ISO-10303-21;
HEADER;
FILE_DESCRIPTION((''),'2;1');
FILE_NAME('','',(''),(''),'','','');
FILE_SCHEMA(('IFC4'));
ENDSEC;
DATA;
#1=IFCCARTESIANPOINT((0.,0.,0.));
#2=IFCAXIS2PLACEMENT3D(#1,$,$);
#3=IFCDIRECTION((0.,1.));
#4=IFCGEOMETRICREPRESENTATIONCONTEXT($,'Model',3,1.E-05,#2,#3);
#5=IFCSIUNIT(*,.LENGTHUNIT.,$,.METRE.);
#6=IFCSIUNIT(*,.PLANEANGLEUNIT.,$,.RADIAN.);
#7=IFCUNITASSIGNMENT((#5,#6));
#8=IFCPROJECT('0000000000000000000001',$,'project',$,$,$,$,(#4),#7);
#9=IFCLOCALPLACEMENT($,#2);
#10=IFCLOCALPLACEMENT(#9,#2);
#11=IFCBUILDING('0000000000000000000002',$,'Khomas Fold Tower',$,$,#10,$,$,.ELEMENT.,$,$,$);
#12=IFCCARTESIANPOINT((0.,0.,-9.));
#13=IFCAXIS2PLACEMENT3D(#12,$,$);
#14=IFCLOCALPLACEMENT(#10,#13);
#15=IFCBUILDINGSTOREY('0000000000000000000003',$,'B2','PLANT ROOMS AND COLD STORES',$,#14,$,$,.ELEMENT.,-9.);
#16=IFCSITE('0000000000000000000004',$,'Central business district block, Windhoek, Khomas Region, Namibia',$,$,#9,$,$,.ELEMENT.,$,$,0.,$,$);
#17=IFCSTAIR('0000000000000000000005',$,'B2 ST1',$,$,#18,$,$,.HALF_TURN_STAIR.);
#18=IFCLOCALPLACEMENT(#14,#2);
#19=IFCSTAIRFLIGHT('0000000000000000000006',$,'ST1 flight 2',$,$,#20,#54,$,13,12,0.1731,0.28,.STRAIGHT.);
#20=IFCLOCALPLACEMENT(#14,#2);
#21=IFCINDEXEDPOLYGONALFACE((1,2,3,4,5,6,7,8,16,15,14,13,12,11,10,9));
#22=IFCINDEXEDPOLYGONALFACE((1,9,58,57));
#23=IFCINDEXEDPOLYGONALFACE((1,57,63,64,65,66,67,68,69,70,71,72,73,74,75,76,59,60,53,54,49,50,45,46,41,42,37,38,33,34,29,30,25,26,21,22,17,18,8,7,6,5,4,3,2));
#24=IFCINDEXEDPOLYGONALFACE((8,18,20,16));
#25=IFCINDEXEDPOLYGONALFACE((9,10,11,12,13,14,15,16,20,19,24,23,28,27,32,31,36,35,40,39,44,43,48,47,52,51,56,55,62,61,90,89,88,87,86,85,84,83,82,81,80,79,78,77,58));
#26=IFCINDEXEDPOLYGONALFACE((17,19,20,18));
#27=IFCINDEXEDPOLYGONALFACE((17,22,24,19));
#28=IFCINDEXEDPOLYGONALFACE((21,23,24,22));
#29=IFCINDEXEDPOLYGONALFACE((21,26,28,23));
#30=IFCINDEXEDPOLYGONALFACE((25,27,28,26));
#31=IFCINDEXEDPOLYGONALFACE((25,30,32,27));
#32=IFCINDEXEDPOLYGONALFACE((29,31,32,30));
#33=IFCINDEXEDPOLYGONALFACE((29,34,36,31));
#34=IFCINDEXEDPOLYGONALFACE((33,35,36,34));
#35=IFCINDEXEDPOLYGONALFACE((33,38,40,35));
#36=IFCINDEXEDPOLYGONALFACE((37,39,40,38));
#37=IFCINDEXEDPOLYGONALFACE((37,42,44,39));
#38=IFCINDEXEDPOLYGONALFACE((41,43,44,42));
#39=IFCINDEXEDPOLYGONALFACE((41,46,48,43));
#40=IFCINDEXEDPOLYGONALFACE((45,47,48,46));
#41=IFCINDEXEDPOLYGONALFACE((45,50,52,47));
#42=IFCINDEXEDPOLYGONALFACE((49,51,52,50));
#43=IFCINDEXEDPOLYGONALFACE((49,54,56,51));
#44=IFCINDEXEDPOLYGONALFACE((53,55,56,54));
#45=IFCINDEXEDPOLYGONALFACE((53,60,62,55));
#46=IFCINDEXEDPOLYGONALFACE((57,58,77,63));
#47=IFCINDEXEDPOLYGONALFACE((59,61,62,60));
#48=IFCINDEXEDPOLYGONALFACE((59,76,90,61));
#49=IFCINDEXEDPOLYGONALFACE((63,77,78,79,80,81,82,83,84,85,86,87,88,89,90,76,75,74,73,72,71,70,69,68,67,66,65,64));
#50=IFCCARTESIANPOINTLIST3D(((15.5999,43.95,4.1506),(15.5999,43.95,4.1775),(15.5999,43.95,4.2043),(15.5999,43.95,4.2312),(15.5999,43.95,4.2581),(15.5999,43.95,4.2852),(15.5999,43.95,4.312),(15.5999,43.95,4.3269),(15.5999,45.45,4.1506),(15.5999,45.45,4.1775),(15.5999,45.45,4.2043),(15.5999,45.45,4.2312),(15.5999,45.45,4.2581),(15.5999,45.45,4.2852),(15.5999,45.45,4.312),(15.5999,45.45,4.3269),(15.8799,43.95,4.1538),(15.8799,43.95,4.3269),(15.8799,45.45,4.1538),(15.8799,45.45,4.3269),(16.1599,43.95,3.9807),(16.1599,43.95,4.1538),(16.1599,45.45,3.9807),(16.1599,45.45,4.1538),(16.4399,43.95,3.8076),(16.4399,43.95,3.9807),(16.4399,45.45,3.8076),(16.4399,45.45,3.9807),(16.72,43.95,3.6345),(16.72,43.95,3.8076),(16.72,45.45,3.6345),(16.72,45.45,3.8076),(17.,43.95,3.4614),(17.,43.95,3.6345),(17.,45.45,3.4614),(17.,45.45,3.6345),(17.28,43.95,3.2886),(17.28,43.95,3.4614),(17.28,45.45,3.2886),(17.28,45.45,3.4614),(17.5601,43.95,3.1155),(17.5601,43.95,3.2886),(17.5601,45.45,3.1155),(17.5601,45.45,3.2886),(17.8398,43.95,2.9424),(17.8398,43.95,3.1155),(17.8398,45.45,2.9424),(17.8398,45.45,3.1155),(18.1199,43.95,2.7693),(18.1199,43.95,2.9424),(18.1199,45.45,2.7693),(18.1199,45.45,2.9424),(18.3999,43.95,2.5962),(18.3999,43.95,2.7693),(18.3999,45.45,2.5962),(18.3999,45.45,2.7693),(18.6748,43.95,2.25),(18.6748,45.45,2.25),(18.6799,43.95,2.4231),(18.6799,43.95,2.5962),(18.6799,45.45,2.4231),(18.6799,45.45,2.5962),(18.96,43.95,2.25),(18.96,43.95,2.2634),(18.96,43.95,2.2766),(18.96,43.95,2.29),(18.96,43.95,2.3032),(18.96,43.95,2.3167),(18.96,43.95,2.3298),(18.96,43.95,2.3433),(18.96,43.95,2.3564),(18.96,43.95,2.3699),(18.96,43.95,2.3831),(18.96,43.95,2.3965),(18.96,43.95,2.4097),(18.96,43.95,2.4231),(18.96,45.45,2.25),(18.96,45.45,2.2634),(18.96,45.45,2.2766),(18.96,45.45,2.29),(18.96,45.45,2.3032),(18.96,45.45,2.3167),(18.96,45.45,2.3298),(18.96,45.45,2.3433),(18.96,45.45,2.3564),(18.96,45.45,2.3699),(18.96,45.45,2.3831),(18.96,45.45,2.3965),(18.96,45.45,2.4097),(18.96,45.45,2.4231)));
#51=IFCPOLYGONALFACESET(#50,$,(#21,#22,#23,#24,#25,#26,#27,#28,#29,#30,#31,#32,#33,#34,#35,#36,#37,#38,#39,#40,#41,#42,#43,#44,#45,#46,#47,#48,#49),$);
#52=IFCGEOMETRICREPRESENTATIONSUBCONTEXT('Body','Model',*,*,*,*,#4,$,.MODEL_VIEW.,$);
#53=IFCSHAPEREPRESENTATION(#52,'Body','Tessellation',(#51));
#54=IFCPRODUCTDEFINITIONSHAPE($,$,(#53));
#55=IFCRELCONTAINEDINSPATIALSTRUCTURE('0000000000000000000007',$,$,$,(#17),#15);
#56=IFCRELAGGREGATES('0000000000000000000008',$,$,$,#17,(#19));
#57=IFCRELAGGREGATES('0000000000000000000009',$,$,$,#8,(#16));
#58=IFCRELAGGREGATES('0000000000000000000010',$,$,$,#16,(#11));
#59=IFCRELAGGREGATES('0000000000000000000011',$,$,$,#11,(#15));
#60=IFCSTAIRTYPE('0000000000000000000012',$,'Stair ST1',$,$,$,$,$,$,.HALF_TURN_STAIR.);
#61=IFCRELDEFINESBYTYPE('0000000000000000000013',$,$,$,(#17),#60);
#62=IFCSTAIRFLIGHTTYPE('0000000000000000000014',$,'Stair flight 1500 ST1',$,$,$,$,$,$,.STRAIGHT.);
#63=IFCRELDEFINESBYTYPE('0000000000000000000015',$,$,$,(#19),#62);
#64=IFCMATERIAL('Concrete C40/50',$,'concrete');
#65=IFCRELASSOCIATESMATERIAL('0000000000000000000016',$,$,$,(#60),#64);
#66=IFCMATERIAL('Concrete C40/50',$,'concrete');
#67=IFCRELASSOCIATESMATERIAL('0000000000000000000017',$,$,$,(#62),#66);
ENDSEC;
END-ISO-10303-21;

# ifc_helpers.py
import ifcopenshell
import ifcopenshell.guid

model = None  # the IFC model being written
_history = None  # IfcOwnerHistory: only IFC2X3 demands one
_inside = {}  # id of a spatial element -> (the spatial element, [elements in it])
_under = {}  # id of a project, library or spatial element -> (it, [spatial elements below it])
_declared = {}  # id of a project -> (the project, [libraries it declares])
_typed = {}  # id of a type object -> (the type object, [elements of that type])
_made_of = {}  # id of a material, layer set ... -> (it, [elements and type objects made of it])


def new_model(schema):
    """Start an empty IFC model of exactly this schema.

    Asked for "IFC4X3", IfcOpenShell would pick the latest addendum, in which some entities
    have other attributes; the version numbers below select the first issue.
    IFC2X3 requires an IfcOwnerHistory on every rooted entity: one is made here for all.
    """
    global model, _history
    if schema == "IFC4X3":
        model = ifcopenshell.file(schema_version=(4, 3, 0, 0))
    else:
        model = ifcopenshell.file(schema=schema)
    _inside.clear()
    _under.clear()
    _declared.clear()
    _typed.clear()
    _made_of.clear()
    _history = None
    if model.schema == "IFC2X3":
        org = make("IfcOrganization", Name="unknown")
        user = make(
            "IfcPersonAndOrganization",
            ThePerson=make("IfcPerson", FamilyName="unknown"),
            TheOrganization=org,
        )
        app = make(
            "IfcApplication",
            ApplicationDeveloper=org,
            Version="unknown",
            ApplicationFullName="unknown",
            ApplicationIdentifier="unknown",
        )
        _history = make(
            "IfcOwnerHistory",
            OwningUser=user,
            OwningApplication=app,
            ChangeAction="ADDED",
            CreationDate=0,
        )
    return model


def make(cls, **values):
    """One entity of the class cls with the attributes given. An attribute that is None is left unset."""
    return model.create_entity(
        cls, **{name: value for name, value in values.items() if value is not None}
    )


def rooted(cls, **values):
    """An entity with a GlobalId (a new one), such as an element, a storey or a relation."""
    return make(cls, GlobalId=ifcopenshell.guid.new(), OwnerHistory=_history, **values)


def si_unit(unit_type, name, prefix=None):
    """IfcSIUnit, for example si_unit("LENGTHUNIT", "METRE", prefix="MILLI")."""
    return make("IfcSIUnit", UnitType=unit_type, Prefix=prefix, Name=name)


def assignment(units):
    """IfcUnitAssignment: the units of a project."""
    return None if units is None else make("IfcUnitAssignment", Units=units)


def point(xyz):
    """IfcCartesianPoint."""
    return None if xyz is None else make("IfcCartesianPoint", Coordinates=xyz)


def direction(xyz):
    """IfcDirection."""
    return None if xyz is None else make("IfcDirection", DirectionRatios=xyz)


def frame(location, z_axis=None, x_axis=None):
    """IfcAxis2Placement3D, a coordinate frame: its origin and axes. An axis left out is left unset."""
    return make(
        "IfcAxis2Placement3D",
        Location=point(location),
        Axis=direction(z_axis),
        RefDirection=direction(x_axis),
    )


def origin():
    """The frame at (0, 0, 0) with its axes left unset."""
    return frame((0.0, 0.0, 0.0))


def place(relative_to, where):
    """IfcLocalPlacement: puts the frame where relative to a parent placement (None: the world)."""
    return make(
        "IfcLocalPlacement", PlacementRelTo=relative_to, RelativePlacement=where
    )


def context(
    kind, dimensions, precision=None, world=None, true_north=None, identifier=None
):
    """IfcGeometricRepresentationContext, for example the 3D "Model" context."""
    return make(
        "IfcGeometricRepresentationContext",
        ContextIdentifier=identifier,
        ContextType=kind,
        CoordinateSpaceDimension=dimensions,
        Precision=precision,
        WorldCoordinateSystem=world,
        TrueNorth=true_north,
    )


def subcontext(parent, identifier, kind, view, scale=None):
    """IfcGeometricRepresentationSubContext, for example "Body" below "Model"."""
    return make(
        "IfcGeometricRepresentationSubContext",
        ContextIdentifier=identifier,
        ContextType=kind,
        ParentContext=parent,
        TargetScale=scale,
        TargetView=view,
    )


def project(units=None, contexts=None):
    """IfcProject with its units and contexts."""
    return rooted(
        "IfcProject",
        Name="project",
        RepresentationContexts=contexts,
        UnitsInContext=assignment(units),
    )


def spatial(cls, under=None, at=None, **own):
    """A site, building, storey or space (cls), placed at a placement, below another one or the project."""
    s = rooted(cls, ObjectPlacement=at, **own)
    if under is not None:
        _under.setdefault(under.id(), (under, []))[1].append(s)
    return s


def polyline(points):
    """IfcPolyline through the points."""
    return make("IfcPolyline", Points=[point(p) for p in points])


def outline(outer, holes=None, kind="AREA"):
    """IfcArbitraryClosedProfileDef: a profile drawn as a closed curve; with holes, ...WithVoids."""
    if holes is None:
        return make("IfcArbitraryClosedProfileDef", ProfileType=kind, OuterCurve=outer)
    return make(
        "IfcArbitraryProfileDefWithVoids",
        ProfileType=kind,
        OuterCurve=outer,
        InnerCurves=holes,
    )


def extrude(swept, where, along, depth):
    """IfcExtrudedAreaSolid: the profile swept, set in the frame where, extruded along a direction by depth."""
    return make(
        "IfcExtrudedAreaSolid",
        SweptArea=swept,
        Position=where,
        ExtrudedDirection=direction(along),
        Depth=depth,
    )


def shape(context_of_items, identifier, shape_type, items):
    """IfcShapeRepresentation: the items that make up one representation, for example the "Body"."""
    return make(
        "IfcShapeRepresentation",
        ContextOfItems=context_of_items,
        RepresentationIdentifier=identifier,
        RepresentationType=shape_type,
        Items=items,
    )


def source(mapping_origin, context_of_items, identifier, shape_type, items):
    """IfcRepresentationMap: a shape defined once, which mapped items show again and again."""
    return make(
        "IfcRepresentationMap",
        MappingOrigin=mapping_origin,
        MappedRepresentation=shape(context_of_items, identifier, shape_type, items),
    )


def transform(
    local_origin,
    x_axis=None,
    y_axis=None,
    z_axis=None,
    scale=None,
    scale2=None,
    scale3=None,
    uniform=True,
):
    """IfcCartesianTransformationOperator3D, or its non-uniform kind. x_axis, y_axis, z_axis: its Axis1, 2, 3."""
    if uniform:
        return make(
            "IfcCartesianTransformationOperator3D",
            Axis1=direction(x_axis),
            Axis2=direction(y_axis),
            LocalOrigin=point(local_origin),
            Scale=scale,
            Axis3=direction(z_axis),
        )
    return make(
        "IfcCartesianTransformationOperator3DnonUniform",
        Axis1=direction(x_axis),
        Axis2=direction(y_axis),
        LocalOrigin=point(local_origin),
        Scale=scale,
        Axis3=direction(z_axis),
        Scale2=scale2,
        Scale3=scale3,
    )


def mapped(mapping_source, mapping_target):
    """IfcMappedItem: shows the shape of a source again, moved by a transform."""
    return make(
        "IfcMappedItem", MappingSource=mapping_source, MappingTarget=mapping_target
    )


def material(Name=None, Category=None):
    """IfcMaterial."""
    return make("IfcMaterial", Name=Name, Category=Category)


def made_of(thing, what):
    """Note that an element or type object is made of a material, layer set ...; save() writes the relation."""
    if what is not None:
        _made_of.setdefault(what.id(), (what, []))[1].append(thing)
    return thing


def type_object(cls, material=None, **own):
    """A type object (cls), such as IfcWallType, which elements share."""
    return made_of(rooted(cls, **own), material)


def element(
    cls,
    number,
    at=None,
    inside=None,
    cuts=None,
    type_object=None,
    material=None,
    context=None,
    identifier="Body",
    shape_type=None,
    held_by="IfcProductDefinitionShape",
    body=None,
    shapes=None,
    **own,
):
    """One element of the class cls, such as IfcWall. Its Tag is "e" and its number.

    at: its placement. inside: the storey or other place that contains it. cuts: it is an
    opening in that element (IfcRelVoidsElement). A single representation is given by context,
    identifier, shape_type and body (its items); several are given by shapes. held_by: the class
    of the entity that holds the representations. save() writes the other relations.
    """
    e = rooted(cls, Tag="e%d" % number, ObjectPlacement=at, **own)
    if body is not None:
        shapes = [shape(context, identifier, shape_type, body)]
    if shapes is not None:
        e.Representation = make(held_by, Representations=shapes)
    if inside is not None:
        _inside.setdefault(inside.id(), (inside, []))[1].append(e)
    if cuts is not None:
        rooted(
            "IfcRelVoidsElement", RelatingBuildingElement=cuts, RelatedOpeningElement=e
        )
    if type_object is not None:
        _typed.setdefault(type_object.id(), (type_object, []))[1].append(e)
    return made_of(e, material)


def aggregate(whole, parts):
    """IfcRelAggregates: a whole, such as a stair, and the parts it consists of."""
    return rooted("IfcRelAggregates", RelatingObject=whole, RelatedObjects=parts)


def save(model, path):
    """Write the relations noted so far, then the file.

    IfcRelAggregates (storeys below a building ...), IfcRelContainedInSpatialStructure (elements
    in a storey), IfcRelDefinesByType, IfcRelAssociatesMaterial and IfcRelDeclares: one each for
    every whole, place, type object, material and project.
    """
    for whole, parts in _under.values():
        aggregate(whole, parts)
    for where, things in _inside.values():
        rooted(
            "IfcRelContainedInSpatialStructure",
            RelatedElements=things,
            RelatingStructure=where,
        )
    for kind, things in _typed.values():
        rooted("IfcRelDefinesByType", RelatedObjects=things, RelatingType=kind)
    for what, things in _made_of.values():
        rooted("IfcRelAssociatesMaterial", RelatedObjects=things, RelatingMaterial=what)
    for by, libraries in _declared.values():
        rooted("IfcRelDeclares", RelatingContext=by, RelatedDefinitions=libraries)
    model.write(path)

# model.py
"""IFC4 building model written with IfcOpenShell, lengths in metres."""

from ifc_helpers import new_model, si_unit, direction, frame, origin, place, context, subcontext, project, spatial, polyline, outline, extrude, source, transform, mapped, material, type_object, element, aggregate, save


model = new_model("IFC4")

# Units and contexts
model_context = context("Model", 3, precision=1e-05, world=origin(), true_north=direction((0.0, 1.0)))
body_context = subcontext(model_context, "Body", "Model", "MODEL_VIEW")
ifc_project = project(units=[si_unit("LENGTHUNIT", "METRE"), si_unit("PLANEANGLEUNIT", "RADIAN")], contexts=[model_context])

# Site, building, storey
site_placement = place(None, origin())
site = spatial("IfcSite", under=ifc_project, at=site_placement, Name="Central business district block, Windhoek, Khomas Region, Namibia", CompositionType="ELEMENT", RefElevation=0.0)
building_placement = place(site_placement, origin())
building = spatial("IfcBuilding", under=site, at=building_placement, Name="Khomas Fold Tower", CompositionType="ELEMENT")
storey_placement = place(building_placement, frame((0.0, 0.0, -9.0)))
storey = spatial("IfcBuildingStorey", under=building, at=storey_placement, Name="B2", Description="PLANT ROOMS AND COLD STORES", CompositionType="ELEMENT", Elevation=-9.0)

# Stair, stair flight
ifc_material_1 = material(Name="Concrete C40/50", Category="concrete")
stair_type = type_object("IfcStairType", Name="Stair ST1", PredefinedType="HALF_TURN_STAIR", material=ifc_material_1)
stair_placement = place(storey_placement, origin())
stair = element("IfcStair", 1, at=stair_placement, inside=storey, type_object=stair_type, Name="B2 ST1", PredefinedType="HALF_TURN_STAIR")
ifc_material_2 = material(Name="Concrete C40/50", Category="concrete")
stair_flight_type = type_object("IfcStairFlightType", Name="Stair flight 1500 ST1", PredefinedType="STRAIGHT", material=ifc_material_2)
shared_shape_1 = source(origin(), body_context, "Body", "SweptSolid", [
    extrude(outline(polyline([(0.0, 0.0), (0.0, 0.0134), (0.0, 0.0266), (0.0, 0.04), (0.0, 0.0532), (0.0, 0.0667), (0.0, 0.0798), (0.0, 0.0933), (0.0, 0.1064), (0.0, 0.1199), (0.0, 0.1331), (0.0, 0.1465), (0.0, 0.1597), (0.0, 0.1731), (0.28, 0.1731), (0.28, 0.3462), (0.5601, 0.3462), (0.5601, 0.5193), (0.8401, 0.5193), (0.8401, 0.6924), (1.1201, 0.6924), (1.1201, 0.8655), (1.3999, 0.8655), (1.3999, 1.0386), (1.6799, 1.0386), (1.6799, 1.2114), (1.96, 1.2114), (1.96, 1.3845), (2.24, 1.3845), (2.24, 1.5576), (2.52, 1.5576), (2.52, 1.7307), (2.8, 1.7307), (2.8, 1.9038), (3.0801, 1.9038), (3.0801, 2.0769), (3.3601, 2.0769), (3.3601, 2.25), (3.3601, 2.2231), (3.3601, 2.1963), (3.3601, 2.1694), (3.3601, 2.1426), (3.3601, 2.1157), (3.3601, 2.0889), (3.3601, 2.062), (3.3601, 2.0352), (3.3601, 2.0081), (3.3601, 1.9812), (3.3601, 1.9543), (3.3601, 1.9275), (3.3601, 1.9006), (0.2852, 0.0), (0.0, 0.0)])), frame((0.0, 0.75, 0.0), z_axis=(0.0, -1.0, 0.0), x_axis=(1.0, 0.0, 0.0)), (0.0, 0.0, 1.0), 1.5),
])
stair_flight_1_placement = place(storey_placement, frame((18.96, 44.7, 2.25), z_axis=(0.0, 0.0, 1.0), x_axis=(-1.0, 0.0, 0.0)))
stair_flight_1 = element("IfcStairFlight", 2, at=stair_flight_1_placement, type_object=stair_flight_type, Name="ST1 flight 2", NumberOfRisers=13, NumberOfTreads=12, PredefinedType="STRAIGHT", RiserHeight=0.1731, TreadLength=0.28, context=body_context, shape_type="MappedRepresentation", body=[
    mapped(shared_shape_1, transform((0.0, 0.0, 0.0))),
])
aggregate(stair, [stair_flight_1])

save(model, "model.ifc")
